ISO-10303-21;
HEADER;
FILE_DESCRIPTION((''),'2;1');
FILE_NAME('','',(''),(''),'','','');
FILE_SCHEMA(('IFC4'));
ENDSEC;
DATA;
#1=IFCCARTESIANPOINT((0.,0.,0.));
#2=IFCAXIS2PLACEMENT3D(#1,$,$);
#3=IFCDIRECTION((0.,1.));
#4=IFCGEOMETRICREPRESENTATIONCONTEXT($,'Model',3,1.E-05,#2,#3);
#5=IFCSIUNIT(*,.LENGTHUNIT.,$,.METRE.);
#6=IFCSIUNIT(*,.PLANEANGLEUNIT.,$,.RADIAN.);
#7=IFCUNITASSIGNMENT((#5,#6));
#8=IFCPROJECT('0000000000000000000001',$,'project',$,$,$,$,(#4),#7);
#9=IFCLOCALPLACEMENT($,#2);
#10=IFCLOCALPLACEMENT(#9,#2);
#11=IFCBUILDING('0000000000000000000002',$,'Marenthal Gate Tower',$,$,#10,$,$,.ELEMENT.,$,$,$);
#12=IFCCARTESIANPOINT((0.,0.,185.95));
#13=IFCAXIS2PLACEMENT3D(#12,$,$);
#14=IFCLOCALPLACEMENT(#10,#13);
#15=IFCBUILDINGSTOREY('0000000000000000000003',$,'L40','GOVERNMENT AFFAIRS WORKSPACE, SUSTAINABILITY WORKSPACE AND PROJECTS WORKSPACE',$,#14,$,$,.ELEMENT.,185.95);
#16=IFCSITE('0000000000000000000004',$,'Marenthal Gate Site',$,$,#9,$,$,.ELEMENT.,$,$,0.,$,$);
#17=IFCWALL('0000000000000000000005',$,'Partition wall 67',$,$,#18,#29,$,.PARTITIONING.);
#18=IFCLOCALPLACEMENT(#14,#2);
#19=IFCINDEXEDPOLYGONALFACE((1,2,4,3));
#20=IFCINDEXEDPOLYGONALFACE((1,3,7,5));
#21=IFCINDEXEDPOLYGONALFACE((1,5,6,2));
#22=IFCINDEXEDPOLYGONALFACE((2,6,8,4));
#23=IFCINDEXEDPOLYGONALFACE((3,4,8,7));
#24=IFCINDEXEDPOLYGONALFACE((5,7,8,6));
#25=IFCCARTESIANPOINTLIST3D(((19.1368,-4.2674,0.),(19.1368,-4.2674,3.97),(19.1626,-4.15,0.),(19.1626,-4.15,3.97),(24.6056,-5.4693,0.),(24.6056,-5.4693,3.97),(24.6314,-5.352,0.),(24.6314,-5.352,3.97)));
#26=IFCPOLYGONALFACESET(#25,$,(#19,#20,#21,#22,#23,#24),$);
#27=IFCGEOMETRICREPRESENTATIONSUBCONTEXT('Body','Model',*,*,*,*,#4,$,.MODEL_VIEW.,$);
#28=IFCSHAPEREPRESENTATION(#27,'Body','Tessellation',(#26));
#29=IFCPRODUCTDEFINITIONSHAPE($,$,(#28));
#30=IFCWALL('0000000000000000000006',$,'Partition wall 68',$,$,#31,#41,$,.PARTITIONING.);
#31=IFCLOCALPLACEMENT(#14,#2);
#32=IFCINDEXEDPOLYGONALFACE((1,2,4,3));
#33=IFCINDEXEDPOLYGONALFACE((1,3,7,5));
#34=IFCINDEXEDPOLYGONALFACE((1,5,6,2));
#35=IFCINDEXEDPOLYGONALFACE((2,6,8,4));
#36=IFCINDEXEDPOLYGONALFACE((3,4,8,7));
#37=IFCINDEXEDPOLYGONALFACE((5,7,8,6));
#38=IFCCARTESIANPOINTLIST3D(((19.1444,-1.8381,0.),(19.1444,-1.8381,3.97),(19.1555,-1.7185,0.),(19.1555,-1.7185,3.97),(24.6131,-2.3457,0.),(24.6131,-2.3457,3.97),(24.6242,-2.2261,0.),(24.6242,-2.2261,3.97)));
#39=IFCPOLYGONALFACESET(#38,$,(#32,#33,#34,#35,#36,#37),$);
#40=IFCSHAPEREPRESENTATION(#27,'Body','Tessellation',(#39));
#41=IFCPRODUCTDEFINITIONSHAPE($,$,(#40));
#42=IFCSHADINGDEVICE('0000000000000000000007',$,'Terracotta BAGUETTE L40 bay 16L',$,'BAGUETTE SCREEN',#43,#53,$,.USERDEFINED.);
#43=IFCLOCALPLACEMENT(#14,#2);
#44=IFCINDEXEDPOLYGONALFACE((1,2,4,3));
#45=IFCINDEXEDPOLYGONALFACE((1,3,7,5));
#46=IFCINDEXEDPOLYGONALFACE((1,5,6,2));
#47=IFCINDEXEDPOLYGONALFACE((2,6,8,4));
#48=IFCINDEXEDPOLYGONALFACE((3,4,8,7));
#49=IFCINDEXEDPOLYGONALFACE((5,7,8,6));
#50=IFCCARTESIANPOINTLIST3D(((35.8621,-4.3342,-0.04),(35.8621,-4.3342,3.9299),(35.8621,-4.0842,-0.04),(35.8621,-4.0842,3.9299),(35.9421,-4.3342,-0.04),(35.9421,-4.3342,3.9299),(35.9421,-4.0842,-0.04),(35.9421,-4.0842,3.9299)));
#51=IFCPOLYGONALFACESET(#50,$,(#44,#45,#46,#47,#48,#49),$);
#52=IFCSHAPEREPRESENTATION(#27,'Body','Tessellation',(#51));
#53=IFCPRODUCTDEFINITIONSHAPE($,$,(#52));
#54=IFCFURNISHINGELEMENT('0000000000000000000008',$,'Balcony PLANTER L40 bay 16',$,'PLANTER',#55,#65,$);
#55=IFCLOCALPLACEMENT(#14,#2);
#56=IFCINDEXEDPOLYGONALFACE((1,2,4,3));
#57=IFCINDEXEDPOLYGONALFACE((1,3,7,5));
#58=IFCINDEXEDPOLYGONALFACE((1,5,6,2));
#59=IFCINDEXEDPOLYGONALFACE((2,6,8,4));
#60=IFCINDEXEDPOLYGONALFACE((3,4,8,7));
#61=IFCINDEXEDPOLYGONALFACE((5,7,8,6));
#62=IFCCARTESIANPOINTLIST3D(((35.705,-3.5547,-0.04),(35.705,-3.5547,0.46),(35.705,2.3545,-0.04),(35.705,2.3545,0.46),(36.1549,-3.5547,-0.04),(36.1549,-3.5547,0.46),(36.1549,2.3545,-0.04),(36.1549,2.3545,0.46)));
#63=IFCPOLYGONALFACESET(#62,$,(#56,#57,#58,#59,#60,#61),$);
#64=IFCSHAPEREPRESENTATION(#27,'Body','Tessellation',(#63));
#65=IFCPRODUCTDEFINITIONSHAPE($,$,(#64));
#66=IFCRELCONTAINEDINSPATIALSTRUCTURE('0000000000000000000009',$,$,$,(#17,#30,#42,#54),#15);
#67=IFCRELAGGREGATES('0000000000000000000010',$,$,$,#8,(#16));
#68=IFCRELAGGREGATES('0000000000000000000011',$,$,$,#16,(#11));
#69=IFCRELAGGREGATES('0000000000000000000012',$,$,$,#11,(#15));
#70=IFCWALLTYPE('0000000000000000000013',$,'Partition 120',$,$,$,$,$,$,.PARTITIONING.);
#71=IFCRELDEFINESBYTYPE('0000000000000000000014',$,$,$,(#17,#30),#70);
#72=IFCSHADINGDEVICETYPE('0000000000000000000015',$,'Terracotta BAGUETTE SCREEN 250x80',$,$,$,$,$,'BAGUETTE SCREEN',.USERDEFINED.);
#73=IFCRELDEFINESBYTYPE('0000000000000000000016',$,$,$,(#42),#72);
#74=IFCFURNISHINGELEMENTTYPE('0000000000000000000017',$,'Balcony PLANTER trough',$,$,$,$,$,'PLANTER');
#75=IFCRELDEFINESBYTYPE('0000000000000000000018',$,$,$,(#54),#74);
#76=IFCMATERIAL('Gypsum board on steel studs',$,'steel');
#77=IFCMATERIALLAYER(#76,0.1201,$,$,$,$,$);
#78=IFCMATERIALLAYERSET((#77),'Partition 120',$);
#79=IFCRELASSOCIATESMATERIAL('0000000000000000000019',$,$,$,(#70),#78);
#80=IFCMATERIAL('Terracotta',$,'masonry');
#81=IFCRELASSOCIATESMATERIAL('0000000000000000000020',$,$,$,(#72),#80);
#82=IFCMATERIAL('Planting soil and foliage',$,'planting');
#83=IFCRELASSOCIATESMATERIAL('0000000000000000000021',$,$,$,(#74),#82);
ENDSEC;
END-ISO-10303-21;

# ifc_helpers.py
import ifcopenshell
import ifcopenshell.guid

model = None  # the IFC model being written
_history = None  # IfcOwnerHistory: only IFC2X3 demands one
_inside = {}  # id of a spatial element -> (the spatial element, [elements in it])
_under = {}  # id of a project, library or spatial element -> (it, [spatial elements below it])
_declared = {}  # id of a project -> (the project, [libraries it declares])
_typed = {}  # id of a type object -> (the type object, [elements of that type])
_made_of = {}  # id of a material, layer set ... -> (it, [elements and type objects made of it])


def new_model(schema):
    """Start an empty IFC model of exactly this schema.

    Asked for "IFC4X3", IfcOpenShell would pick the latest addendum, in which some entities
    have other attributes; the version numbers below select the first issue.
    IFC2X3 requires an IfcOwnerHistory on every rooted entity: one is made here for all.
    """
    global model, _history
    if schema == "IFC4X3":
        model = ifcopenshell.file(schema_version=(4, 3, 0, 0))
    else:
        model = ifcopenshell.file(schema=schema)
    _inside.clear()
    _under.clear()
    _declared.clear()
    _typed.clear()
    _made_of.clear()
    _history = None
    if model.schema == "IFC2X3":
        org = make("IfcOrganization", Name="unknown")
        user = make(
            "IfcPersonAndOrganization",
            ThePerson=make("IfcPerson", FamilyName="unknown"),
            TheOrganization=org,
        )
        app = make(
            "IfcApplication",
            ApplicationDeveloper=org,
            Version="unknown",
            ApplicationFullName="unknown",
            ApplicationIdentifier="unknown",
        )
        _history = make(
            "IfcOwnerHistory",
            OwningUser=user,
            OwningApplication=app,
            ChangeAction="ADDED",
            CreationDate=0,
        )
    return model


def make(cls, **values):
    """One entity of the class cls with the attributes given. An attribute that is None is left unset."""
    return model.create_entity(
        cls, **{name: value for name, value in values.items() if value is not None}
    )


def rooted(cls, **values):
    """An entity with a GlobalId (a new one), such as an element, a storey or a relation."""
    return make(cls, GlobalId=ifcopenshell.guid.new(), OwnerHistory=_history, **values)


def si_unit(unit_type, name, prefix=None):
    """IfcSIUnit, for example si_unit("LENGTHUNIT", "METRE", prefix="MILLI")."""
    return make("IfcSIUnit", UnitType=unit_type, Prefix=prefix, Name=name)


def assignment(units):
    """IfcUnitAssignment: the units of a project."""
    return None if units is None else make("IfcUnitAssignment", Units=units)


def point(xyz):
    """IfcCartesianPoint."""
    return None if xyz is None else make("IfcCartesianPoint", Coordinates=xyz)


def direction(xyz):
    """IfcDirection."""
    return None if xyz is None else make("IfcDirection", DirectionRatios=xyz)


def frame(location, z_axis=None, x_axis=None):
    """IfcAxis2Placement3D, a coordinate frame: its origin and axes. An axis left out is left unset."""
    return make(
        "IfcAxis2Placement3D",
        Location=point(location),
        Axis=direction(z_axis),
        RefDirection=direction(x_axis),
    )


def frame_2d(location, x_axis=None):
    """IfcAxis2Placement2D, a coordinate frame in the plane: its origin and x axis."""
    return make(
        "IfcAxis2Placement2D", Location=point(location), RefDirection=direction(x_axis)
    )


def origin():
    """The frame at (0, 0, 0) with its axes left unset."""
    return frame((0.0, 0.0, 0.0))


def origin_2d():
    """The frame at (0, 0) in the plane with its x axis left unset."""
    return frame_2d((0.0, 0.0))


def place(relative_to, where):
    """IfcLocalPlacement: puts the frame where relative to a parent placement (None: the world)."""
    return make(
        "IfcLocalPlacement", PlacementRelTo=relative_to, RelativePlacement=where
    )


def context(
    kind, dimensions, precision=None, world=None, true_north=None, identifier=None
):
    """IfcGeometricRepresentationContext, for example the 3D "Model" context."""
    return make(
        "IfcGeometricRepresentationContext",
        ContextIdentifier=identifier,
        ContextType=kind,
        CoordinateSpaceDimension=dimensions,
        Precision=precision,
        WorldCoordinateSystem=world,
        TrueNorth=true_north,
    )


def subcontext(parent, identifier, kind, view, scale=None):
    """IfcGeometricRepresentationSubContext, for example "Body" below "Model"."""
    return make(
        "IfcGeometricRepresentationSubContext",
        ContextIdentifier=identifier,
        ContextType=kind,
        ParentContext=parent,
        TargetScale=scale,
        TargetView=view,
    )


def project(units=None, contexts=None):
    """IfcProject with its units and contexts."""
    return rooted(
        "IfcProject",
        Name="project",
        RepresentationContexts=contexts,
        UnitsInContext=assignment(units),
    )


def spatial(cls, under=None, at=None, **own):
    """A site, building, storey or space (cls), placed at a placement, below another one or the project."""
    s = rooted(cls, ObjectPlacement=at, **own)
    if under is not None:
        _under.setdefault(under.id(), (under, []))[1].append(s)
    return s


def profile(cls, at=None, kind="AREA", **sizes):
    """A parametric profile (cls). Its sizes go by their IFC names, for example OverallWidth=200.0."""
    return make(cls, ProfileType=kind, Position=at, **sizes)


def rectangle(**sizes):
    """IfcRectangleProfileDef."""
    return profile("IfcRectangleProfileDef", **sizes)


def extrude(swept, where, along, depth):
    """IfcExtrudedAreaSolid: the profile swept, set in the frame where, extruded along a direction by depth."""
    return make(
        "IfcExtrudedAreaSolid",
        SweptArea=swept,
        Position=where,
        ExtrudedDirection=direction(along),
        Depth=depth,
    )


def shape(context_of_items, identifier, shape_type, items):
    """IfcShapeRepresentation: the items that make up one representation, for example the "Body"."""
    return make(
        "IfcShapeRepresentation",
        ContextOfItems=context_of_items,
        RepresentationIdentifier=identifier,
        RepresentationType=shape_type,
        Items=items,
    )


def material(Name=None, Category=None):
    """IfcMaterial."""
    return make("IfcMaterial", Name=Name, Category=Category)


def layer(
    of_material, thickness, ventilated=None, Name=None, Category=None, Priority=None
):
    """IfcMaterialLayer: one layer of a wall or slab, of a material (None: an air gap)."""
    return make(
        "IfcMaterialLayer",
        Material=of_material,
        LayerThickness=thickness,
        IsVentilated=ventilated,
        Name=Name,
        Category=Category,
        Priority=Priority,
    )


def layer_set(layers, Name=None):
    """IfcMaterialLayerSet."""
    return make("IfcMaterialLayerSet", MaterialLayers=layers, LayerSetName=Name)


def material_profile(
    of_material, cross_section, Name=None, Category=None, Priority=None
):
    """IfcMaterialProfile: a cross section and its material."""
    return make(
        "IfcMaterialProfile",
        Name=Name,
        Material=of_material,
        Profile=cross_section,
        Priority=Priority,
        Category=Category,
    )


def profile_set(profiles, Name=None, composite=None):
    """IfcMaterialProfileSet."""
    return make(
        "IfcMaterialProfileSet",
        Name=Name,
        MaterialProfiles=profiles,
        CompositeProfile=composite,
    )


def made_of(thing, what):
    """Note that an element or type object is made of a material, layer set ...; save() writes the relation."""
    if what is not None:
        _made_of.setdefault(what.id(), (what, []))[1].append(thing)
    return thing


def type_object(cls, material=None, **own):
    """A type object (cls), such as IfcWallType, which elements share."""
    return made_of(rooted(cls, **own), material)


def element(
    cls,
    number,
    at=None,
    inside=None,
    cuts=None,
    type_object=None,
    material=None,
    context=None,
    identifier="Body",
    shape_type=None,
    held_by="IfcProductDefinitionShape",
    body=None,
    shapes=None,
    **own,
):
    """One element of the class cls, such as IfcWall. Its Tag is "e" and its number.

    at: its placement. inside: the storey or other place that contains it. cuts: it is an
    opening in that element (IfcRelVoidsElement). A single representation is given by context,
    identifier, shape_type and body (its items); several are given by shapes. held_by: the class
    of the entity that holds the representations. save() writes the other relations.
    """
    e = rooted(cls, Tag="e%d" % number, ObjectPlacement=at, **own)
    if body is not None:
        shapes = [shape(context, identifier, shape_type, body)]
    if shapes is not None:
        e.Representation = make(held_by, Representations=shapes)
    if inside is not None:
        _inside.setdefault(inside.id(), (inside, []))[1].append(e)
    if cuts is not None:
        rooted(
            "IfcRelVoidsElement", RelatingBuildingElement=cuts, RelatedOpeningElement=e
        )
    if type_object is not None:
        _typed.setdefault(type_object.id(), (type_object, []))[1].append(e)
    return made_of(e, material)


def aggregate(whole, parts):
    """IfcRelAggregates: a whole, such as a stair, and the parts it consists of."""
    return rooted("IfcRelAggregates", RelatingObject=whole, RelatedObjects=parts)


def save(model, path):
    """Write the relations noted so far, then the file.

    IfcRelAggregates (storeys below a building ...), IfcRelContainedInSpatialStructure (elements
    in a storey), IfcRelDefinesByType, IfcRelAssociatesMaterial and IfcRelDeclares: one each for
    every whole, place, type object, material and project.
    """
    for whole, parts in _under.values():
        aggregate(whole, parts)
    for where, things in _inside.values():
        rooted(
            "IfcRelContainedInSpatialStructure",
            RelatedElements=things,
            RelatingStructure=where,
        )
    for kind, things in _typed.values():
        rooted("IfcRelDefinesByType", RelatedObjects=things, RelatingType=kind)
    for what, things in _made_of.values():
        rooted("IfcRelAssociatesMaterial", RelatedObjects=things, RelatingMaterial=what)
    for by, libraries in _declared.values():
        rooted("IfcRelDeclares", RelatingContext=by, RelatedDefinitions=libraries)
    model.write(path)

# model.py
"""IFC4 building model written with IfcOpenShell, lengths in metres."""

from ifc_helpers import new_model, si_unit, direction, frame, frame_2d, origin, origin_2d, place, context, subcontext, project, spatial, rectangle, extrude, material, layer, layer_set, material_profile, profile_set, type_object, element, save


model = new_model("IFC4")

# Units and contexts
model_context = context("Model", 3, precision=1e-05, world=origin(), true_north=direction((0.0, 1.0)))
body_context = subcontext(model_context, "Body", "Model", "MODEL_VIEW")
ifc_project = project(units=[si_unit("LENGTHUNIT", "METRE"), si_unit("PLANEANGLEUNIT", "RADIAN")], contexts=[model_context])

# Site, building, storey
site_placement = place(None, origin())
site = spatial("IfcSite", under=ifc_project, at=site_placement, Name="Marenthal Gate Site", CompositionType="ELEMENT", RefElevation=0.0)
building_placement = place(site_placement, origin())
building = spatial("IfcBuilding", under=site, at=building_placement, Name="Marenthal Gate Tower", CompositionType="ELEMENT")
storey_placement = place(building_placement, frame((0.0, 0.0, 185.95)))
storey = spatial("IfcBuildingStorey", under=building, at=storey_placement, Name="L40", Description="GOVERNMENT AFFAIRS WORKSPACE, SUSTAINABILITY WORKSPACE AND PROJECTS WORKSPACE", CompositionType="ELEMENT", Elevation=185.95)

# Walls
ifc_material_1 = material(Name="Gypsum board on steel studs", Category="steel")
ifc_layer_1 = layer(ifc_material_1, 0.1201)
ifc_layer_set_1 = layer_set([ifc_layer_1], Name="Partition 120")
wall_type_1 = type_object("IfcWallType", Name="Partition 120", PredefinedType="PARTITIONING", material=ifc_layer_set_1)
wall_1_placement = place(storey_placement, frame((24.6187, -5.4106, 0.0), z_axis=(0.0, 0.0, 1.0), x_axis=(-0.97669, 0.214654, 0.0)))
element("IfcWall", 1, at=wall_1_placement, inside=storey, type_object=wall_type_1, Name="Partition wall 67", PredefinedType="PARTITIONING", context=body_context, shape_type="SweptSolid", body=[
    extrude(rectangle(XDim=5.5994, YDim=0.1201, at=frame_2d((2.7998, 0.0))), origin(), (0.0, 0.0, 1.0), 3.97),
])
wall_2_placement = place(storey_placement, frame((24.6187, -2.2859, 0.0), z_axis=(0.0, 0.0, 1.0), x_axis=(-0.995721, 0.092415, 0.0)))
element("IfcWall", 2, at=wall_2_placement, inside=storey, type_object=wall_type_1, Name="Partition wall 68", PredefinedType="PARTITIONING", context=body_context, shape_type="SweptSolid", body=[
    extrude(rectangle(XDim=5.4922, YDim=0.1201, at=frame_2d((2.7461, 0.0))), origin(), (0.0, 0.0, 1.0), 3.97),
])

# Shading device
ifc_material_2 = material(Name="Terracotta", Category="masonry")
ifc_material_profile_1 = material_profile(ifc_material_2, rectangle(XDim=0.25, YDim=0.0801, at=origin_2d()), Name="Terracotta baguette 250x80")
ifc_profile_set_1 = profile_set([ifc_material_profile_1], Name="Terracotta")
shading_device_type = type_object("IfcShadingDeviceType", Name="Terracotta BAGUETTE SCREEN 250x80", ElementType="BAGUETTE SCREEN", PredefinedType="USERDEFINED", material=ifc_profile_set_1)
shading_device_placement = place(storey_placement, frame((35.9021, -4.2092, -0.04), z_axis=(0.0, 0.0, 1.0), x_axis=(0.0, 1.0, 0.0)))
element("IfcShadingDevice", 3, at=shading_device_placement, inside=storey, type_object=shading_device_type, Name="Terracotta BAGUETTE L40 bay 16L", ObjectType="BAGUETTE SCREEN", PredefinedType="USERDEFINED", context=body_context, shape_type="SweptSolid", body=[
    extrude(rectangle(XDim=0.25, YDim=0.0801, at=origin_2d()), origin(), (0.0, 0.0, 1.0), 3.97),
])

# Furnishing element
ifc_material_3 = material(Name="Planting soil and foliage", Category="planting")
furnishing_element_type = type_object("IfcFurnishingElementType", Name="Balcony PLANTER trough", ElementType="PLANTER", material=ifc_material_3)
furnishing_placement = place(storey_placement, frame((35.9299, -0.6001, -0.04), z_axis=(0.0, 0.0, 1.0), x_axis=(0.0, 1.0, 0.0)))
element("IfcFurnishingElement", 4, at=furnishing_placement, inside=storey, type_object=furnishing_element_type, Name="Balcony PLANTER L40 bay 16", ObjectType="PLANTER", context=body_context, shape_type="SweptSolid", body=[
    extrude(rectangle(XDim=5.9092, YDim=0.45, at=origin_2d()), origin(), (0.0, 0.0, 1.0), 0.5),
])

save(model, "model.ifc")
